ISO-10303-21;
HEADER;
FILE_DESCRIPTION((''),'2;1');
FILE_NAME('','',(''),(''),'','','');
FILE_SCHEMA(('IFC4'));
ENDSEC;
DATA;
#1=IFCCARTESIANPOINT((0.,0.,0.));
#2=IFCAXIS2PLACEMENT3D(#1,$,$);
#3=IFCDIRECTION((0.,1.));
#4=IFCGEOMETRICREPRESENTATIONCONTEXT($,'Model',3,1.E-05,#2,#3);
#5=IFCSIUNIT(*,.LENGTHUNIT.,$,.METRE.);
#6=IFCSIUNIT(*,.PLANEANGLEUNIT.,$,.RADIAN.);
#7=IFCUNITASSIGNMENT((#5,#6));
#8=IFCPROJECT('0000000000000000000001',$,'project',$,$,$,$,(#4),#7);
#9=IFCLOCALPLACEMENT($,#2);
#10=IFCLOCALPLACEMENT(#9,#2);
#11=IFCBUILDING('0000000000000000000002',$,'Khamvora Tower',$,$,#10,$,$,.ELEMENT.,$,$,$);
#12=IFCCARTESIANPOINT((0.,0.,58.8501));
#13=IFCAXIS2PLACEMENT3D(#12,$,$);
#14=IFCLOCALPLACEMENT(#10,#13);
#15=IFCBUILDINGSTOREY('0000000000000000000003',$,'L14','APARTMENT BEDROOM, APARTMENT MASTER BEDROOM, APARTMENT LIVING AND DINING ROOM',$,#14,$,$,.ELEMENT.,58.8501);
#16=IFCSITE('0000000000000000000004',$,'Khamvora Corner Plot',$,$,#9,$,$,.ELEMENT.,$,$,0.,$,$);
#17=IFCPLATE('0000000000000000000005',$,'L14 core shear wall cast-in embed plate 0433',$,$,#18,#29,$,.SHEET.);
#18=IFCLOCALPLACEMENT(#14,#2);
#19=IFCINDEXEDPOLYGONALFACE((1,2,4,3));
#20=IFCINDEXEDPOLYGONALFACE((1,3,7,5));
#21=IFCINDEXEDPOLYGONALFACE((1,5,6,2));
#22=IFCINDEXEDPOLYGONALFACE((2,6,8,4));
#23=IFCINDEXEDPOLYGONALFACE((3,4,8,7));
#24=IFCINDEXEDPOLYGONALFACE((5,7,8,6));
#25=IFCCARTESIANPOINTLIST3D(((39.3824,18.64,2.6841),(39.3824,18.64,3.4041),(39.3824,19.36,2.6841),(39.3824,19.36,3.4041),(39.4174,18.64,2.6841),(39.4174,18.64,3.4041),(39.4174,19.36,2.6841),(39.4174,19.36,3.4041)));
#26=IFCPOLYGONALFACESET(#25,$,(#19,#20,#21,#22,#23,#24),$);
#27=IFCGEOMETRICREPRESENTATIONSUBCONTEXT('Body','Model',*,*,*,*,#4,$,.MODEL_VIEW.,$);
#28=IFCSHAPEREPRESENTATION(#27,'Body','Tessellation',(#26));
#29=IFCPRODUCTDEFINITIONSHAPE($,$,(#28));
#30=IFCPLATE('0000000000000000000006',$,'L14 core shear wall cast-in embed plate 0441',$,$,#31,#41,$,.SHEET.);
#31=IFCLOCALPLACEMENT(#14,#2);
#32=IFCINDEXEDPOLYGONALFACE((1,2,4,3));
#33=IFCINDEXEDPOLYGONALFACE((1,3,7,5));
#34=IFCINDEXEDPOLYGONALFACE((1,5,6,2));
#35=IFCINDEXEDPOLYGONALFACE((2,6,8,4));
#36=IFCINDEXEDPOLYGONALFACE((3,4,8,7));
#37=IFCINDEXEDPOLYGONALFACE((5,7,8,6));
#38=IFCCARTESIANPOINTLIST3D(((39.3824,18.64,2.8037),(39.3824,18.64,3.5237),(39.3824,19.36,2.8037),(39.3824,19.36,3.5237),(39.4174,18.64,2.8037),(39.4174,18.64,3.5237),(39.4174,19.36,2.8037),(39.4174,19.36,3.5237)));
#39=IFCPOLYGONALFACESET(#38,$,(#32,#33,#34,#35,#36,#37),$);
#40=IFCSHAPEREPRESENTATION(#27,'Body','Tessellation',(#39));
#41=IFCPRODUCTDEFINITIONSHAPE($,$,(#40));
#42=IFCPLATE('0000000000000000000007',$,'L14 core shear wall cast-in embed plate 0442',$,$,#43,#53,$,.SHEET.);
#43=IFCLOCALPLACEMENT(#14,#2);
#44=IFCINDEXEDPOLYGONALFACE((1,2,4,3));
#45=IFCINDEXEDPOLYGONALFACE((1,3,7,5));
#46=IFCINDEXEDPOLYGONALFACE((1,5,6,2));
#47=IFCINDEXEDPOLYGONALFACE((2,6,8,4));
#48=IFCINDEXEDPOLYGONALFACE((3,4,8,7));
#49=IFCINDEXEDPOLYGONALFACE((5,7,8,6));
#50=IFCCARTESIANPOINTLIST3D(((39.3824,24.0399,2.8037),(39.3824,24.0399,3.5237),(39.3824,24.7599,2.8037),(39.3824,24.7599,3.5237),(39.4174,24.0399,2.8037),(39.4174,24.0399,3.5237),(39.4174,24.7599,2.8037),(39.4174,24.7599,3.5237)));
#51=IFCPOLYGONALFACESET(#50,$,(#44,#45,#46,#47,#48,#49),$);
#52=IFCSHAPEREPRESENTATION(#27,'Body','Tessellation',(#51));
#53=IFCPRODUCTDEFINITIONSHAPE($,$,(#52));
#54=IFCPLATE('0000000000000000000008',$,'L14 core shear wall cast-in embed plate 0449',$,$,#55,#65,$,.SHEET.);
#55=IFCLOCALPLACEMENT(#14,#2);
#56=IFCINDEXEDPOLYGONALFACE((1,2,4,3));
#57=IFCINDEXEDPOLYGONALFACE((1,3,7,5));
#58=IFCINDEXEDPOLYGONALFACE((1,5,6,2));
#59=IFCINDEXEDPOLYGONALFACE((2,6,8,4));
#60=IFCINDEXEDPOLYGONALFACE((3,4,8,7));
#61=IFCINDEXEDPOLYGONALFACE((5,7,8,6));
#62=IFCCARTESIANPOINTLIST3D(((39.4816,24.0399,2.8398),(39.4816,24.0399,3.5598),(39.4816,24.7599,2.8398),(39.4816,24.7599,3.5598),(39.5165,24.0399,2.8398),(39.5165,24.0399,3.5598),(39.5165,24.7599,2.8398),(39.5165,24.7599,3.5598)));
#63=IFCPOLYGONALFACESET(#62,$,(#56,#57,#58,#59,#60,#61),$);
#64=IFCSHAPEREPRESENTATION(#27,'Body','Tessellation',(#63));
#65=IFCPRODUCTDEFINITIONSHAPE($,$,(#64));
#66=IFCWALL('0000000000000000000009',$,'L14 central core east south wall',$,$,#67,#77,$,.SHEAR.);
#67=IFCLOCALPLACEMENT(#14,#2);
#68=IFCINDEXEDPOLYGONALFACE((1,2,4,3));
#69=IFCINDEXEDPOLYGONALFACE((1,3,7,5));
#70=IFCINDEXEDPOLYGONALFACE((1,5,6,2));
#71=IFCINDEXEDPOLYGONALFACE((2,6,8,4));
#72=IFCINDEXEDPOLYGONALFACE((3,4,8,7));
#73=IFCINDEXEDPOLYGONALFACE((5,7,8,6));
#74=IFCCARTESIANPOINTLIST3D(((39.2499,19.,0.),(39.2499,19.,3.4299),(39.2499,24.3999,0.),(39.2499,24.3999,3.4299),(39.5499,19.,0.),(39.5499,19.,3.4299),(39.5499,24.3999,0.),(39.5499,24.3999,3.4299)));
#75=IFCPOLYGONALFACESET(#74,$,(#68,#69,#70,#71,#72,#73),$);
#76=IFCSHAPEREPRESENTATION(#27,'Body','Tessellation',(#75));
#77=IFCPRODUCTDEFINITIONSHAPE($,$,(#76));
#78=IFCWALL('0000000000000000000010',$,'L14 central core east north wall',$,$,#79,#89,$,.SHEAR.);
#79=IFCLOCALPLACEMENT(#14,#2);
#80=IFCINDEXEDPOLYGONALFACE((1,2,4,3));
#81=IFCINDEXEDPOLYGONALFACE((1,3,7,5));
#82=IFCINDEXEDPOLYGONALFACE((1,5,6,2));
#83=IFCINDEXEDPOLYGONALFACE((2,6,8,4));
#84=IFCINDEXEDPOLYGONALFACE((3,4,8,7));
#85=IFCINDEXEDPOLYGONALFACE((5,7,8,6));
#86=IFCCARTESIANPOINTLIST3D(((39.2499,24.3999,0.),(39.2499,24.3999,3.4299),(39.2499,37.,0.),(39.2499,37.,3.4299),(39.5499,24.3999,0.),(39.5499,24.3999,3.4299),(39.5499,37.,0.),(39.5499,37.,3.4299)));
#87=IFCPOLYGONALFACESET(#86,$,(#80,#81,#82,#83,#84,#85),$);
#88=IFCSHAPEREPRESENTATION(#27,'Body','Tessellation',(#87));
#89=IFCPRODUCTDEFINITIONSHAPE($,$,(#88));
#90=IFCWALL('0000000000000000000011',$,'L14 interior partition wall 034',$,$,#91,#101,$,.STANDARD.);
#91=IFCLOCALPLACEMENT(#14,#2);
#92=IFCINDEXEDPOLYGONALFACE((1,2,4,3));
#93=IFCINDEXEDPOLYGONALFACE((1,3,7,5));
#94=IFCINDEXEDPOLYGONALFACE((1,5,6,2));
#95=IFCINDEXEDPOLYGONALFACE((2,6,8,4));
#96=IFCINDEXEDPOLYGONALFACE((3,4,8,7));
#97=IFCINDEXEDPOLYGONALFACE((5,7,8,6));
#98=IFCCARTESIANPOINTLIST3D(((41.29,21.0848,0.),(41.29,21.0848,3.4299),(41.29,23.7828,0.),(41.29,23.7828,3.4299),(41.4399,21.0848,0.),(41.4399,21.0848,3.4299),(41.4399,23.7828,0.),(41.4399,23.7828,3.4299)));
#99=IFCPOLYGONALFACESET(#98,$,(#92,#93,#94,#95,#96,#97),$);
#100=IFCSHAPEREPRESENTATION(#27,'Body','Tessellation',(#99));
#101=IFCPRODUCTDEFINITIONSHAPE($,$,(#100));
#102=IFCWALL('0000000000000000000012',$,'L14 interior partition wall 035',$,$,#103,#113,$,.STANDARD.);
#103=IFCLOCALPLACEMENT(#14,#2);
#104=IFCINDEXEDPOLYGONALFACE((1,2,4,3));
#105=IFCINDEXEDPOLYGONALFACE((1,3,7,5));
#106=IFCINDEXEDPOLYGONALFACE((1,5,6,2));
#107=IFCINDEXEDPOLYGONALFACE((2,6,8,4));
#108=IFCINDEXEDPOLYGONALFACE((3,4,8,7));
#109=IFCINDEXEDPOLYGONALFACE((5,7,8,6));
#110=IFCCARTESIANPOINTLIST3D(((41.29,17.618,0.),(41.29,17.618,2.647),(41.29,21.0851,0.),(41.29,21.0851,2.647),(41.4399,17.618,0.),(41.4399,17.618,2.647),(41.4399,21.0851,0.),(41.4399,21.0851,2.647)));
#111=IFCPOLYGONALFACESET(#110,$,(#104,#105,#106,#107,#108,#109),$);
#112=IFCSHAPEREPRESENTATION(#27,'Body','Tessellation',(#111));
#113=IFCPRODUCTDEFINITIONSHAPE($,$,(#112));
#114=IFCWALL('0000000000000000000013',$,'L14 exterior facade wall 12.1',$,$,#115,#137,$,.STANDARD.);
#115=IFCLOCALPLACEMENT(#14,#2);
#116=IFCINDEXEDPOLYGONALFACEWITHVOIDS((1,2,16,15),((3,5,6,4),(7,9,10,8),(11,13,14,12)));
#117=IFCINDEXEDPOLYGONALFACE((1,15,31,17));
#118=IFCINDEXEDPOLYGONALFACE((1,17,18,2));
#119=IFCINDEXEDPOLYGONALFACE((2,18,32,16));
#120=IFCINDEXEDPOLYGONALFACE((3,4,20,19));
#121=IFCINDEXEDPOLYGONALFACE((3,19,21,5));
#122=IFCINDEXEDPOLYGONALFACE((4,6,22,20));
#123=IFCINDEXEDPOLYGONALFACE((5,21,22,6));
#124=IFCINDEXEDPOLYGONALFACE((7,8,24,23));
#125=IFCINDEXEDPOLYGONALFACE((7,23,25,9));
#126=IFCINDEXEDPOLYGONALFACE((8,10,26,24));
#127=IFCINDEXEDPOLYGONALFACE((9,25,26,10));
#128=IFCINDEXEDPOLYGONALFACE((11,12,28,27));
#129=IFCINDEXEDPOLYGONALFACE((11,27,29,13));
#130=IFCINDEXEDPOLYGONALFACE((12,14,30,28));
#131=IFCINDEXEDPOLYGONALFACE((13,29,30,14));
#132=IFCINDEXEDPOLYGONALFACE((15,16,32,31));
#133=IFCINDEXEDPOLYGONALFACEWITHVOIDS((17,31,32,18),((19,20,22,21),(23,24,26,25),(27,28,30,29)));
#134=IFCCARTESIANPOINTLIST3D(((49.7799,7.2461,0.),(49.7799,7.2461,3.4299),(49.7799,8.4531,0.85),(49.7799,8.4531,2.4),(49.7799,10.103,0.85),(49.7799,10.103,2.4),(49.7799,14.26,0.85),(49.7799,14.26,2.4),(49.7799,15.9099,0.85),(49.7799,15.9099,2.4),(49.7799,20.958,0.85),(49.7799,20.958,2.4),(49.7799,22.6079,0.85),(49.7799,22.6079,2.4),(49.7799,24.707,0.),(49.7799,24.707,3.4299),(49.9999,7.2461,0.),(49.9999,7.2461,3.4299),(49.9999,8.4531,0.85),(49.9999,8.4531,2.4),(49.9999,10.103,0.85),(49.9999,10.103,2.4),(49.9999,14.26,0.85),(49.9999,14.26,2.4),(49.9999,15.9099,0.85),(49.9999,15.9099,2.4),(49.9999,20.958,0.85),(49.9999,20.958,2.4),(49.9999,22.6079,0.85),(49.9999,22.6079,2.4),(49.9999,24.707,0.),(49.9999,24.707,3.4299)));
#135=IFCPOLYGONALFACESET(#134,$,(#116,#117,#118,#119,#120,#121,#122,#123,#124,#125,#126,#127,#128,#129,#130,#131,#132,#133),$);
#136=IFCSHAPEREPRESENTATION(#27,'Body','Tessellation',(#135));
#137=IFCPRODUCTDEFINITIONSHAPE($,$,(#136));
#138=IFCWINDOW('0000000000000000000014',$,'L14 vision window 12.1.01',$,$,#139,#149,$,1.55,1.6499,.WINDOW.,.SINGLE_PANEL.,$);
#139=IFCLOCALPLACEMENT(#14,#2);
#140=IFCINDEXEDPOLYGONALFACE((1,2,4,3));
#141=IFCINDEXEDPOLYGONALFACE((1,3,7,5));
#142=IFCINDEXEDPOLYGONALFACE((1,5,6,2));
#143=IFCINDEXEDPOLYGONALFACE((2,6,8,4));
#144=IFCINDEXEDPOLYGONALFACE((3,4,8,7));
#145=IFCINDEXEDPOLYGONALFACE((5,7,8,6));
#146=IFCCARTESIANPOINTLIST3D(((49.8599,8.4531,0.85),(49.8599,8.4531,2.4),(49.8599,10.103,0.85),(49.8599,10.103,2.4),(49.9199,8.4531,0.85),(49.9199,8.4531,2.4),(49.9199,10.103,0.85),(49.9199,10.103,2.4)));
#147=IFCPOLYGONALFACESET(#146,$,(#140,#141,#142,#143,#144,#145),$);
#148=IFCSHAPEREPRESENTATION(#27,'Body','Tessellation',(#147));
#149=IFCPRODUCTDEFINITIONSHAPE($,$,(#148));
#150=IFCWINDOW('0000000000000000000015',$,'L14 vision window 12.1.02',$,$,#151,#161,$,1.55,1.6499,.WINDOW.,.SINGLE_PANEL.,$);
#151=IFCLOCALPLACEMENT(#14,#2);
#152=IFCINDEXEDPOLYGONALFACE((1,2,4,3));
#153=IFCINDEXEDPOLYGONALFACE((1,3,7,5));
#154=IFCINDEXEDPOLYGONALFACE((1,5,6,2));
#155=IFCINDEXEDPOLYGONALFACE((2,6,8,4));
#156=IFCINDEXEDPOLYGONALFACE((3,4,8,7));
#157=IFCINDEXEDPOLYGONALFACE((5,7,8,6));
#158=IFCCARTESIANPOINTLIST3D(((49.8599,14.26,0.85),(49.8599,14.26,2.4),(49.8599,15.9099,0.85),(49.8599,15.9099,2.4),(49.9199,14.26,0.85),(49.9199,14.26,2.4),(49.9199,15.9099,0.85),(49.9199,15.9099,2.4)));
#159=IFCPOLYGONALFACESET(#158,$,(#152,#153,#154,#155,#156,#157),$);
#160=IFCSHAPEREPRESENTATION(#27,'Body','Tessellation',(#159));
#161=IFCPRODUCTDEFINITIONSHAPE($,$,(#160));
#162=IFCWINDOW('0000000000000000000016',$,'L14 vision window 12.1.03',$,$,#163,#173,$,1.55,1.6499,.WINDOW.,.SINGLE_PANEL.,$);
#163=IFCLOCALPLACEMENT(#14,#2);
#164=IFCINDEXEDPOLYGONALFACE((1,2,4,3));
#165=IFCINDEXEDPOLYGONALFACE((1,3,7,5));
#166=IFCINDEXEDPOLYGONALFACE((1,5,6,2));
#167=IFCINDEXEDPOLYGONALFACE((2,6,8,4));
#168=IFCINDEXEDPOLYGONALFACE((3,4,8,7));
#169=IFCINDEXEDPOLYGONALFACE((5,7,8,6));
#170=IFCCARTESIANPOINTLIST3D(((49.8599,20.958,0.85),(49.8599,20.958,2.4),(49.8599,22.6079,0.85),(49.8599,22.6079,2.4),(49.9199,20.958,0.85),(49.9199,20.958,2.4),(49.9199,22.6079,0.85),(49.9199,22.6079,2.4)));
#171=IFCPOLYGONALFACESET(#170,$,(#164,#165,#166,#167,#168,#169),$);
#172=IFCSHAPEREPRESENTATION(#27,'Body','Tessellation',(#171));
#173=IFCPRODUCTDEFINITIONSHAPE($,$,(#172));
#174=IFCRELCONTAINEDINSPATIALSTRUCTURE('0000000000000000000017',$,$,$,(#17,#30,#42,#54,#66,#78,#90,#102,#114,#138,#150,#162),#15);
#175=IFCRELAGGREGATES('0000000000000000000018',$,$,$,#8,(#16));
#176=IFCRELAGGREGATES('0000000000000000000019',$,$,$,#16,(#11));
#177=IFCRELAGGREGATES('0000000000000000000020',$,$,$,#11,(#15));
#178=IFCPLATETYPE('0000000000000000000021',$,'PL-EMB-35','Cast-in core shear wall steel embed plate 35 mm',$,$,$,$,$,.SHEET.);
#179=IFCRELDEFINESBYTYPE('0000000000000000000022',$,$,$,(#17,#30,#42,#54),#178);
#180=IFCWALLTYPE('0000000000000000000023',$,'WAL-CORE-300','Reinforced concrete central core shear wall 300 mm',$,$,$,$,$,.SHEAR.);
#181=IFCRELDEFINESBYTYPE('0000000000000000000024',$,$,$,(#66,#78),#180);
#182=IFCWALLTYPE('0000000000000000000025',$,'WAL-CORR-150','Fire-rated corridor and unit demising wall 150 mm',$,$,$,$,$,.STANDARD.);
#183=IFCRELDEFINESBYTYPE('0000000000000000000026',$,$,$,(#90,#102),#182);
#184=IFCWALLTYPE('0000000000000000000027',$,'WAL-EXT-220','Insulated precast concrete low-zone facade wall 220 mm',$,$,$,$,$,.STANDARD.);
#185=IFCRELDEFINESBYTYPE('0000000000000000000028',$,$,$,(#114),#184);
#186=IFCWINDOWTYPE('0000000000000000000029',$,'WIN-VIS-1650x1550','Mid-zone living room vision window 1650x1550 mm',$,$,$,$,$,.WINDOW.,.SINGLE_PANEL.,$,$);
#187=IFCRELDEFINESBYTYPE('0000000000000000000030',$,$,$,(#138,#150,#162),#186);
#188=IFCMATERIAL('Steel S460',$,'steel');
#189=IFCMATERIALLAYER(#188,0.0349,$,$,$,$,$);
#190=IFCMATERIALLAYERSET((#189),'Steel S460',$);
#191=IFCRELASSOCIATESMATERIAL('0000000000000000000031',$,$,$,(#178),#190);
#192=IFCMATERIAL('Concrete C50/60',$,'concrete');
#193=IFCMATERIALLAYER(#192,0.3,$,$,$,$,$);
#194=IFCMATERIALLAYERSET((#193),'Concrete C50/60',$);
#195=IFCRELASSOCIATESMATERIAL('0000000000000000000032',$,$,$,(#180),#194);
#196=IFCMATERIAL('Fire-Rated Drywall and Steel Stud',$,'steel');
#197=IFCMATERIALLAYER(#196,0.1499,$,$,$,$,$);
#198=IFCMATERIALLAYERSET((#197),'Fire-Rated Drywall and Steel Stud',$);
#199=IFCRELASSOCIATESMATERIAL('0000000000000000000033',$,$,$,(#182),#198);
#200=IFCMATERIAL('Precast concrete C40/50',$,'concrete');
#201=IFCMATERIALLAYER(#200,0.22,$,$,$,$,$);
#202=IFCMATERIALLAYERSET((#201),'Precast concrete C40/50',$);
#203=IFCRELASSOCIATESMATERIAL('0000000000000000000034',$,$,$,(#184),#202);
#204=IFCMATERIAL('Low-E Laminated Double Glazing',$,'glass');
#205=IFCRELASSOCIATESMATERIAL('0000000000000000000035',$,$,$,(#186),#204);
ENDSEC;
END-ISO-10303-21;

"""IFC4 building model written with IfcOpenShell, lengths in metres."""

from ifc_helpers import new_model, si_unit, direction, frame, frame_2d, origin, origin_2d, place, context, subcontext, project, spatial, rectangle, extrude, material, layer, layer_set, type_object, element, fill, save


model = new_model("IFC4")

# Units and contexts
model_context = context("Model", 3, precision=1e-05, world=origin(), true_north=direction((0.0, 1.0)))
body_context = subcontext(model_context, "Body", "Model", "MODEL_VIEW")
ifc_project = project(units=[si_unit("LENGTHUNIT", "METRE"), si_unit("PLANEANGLEUNIT", "RADIAN")], contexts=[model_context])

# Site, building, storey
site_placement = place(None, origin())
site = spatial("IfcSite", under=ifc_project, at=site_placement, Name="Khamvora Corner Plot", CompositionType="ELEMENT", RefElevation=0.0)
building_placement = place(site_placement, origin())
building = spatial("IfcBuilding", under=site, at=building_placement, Name="Khamvora Tower", CompositionType="ELEMENT")
storey_placement = place(building_placement, frame((0.0, 0.0, 58.8501)))
storey = spatial("IfcBuildingStorey", under=building, at=storey_placement, Name="L14", Description="APARTMENT BEDROOM, APARTMENT MASTER BEDROOM, APARTMENT LIVING AND DINING ROOM", CompositionType="ELEMENT", Elevation=58.8501)

# Shared definitions
ifc_material_1 = material(Name="Steel S460", Category="steel")

# Plates
ifc_layer_1 = layer(ifc_material_1, 0.0349)
ifc_layer_set_1 = layer_set([ifc_layer_1], Name="Steel S460")
plate_type = type_object("IfcPlateType", Name="PL-EMB-35", Description="Cast-in core shear wall steel embed plate 35 mm", PredefinedType="SHEET", material=ifc_layer_set_1)
for number, where, z_axis, x_axis, name in (
    (1, (39.3999, 19.0, 2.6841), (0.0, 0.0, 1.0), (1.0, 0.0, 0.0), "L14 core shear wall cast-in embed plate 0433"),
    (2, (39.3999, 19.0, 2.8037), (0.0, 0.0, 1.0), (1.0, 0.0, 0.0), "L14 core shear wall cast-in embed plate 0441"),
    (3, (39.3999, 24.3999, 2.8037), (0.0, 0.0, 1.0), (1.0, 0.0, 0.0), "L14 core shear wall cast-in embed plate 0442"),
    (4, (39.499, 24.3999, 2.8398), (0.0, 0.0, 1.0), (1.0, 0.0, 0.0), "L14 core shear wall cast-in embed plate 0449"),
):
    element("IfcPlate", number, at=place(storey_placement, frame(where, z_axis=z_axis, x_axis=x_axis)), inside=storey, type_object=plate_type, Name=name, PredefinedType="SHEET", context=body_context, shape_type="SweptSolid", body=[
        extrude(rectangle(XDim=0.0349, YDim=0.72, at=origin_2d()), origin(), (0.0, 0.0, 1.0), 0.72),
    ])

# Walls
ifc_material_2 = material(Name="Concrete C50/60", Category="concrete")
ifc_layer_2 = layer(ifc_material_2, 0.3)
ifc_layer_set_2 = layer_set([ifc_layer_2], Name="Concrete C50/60")
wall_type_1 = type_object("IfcWallType", Name="WAL-CORE-300", Description="Reinforced concrete central core shear wall 300 mm", PredefinedType="SHEAR", material=ifc_layer_set_2)
wall_1_placement = place(storey_placement, frame((39.3999, 19.0, 0.0), z_axis=(0.0, 0.0, 1.0), x_axis=(0.0, 1.0, 0.0)))
element("IfcWall", 5, at=wall_1_placement, inside=storey, type_object=wall_type_1, Name="L14 central core east south wall", PredefinedType="SHEAR", context=body_context, shape_type="SweptSolid", body=[
    extrude(rectangle(XDim=5.3999, YDim=0.3, at=frame_2d((2.7, 0.0))), origin(), (0.0, 0.0, 1.0), 3.4299),
])
wall_2_placement = place(storey_placement, frame((39.3999, 24.3999, 0.0), z_axis=(0.0, 0.0, 1.0), x_axis=(0.0, 1.0, 0.0)))
element("IfcWall", 6, at=wall_2_placement, inside=storey, type_object=wall_type_1, Name="L14 central core east north wall", PredefinedType="SHEAR", context=body_context, shape_type="SweptSolid", body=[
    extrude(rectangle(XDim=12.6001, YDim=0.3, at=frame_2d((6.3, 0.0))), origin(), (0.0, 0.0, 1.0), 3.4299),
])
ifc_material_3 = material(Name="Fire-Rated Drywall and Steel Stud", Category="steel")
ifc_layer_3 = layer(ifc_material_3, 0.1499)
ifc_layer_set_3 = layer_set([ifc_layer_3], Name="Fire-Rated Drywall and Steel Stud")
wall_type_2 = type_object("IfcWallType", Name="WAL-CORR-150", Description="Fire-rated corridor and unit demising wall 150 mm", PredefinedType="STANDARD", material=ifc_layer_set_3)
wall_3_placement = place(storey_placement, frame((41.365, 23.783, 0.0), z_axis=(0.0, 0.0, 1.0), x_axis=(0.0, -1.0, 0.0)))
element("IfcWall", 7, at=wall_3_placement, inside=storey, type_object=wall_type_2, Name="L14 interior partition wall 034", PredefinedType="STANDARD", context=body_context, shape_type="SweptSolid", body=[
    extrude(rectangle(XDim=2.698, YDim=0.1499, at=frame_2d((1.3491, 0.0))), origin(), (0.0, 0.0, 1.0), 3.4299),
])
wall_4_placement = place(storey_placement, frame((41.365, 21.085, 0.0), z_axis=(0.0, 0.0, 1.0), x_axis=(0.0, -1.0, 0.0)))
element("IfcWall", 8, at=wall_4_placement, inside=storey, type_object=wall_type_2, Name="L14 interior partition wall 035", PredefinedType="STANDARD", context=body_context, shape_type="SweptSolid", body=[
    extrude(rectangle(XDim=3.467, YDim=0.1499, at=frame_2d((1.7334, 0.0))), origin(), (0.0, 0.0, 1.0), 2.647),
])

# Wall, openings, windows
ifc_material_4 = material(Name="Precast concrete C40/50", Category="concrete")
ifc_layer_4 = layer(ifc_material_4, 0.22)
ifc_layer_set_4 = layer_set([ifc_layer_4], Name="Precast concrete C40/50")
wall_type_3 = type_object("IfcWallType", Name="WAL-EXT-220", Description="Insulated precast concrete low-zone facade wall 220 mm", PredefinedType="STANDARD", material=ifc_layer_set_4)
wall_5_placement = place(storey_placement, frame((49.8899, 24.707, 0.0), z_axis=(0.0, 0.0, 1.0), x_axis=(0.0, -1.0, 0.0)))
wall_5 = element("IfcWall", 9, at=wall_5_placement, inside=storey, type_object=wall_type_3, Name="L14 exterior facade wall 12.1", PredefinedType="STANDARD", context=body_context, shape_type="SweptSolid", body=[
    extrude(rectangle(XDim=17.4609, YDim=0.22, at=frame_2d((8.7305, 0.0))), origin(), (0.0, 0.0, 1.0), 3.4299),
])
opening_1_placement = place(wall_5_placement, frame((14.604, 0.0, 0.8501)))
opening_1 = element("IfcOpeningElement", 10, at=opening_1_placement, cuts=wall_5, PredefinedType="OPENING", context=body_context, shape_type="SweptSolid", body=[
    extrude(rectangle(XDim=1.6499, YDim=1.55, at=frame_2d((0.825, 0.7749))), frame((0.0, 0.1199, 0.0), z_axis=(0.0, -1.0, 0.0), x_axis=(1.0, 0.0, 0.0)), (0.0, 0.0, 1.0), 0.24),
])
opening_2_placement = place(wall_5_placement, frame((8.7971, 0.0, 0.8501)))
opening_2 = element("IfcOpeningElement", 11, at=opening_2_placement, cuts=wall_5, PredefinedType="OPENING", context=body_context, shape_type="SweptSolid", body=[
    extrude(rectangle(XDim=1.6499, YDim=1.55, at=frame_2d((0.825, 0.7749))), frame((0.0, 0.1199, 0.0), z_axis=(0.0, -1.0, 0.0), x_axis=(1.0, 0.0, 0.0)), (0.0, 0.0, 1.0), 0.24),
])
opening_3_placement = place(wall_5_placement, frame((2.0991, 0.0, 0.8501)))
opening_3 = element("IfcOpeningElement", 12, at=opening_3_placement, cuts=wall_5, PredefinedType="OPENING", context=body_context, shape_type="SweptSolid", body=[
    extrude(rectangle(XDim=1.6499, YDim=1.55, at=frame_2d((0.825, 0.7749))), frame((0.0, 0.1199, 0.0), z_axis=(0.0, -1.0, 0.0), x_axis=(1.0, 0.0, 0.0)), (0.0, 0.0, 1.0), 0.24),
])
ifc_material_5 = material(Name="Low-E Laminated Double Glazing", Category="glass")
window_type = type_object("IfcWindowType", Name="WIN-VIS-1650x1550", Description="Mid-zone living room vision window 1650x1550 mm", PartitioningType="SINGLE_PANEL", PredefinedType="WINDOW", material=ifc_material_5)
window_1_placement = place(opening_1_placement, origin())
window_1 = element("IfcWindow", 13, at=window_1_placement, inside=storey, type_object=window_type, Name="L14 vision window 12.1.01", OverallHeight=1.55, OverallWidth=1.6499, PartitioningType="SINGLE_PANEL", PredefinedType="WINDOW", context=body_context, shape_type="SweptSolid", body=[
    extrude(rectangle(XDim=1.6499, YDim=1.55, at=frame_2d((0.825, 0.7749))), frame((0.0, 0.03, 0.0), z_axis=(0.0, -1.0, 0.0), x_axis=(1.0, 0.0, 0.0)), (0.0, 0.0, 1.0), 0.0601),
])
fill(opening_1, window_1)
window_2_placement = place(opening_2_placement, origin())
window_2 = element("IfcWindow", 14, at=window_2_placement, inside=storey, type_object=window_type, Name="L14 vision window 12.1.02", OverallHeight=1.55, OverallWidth=1.6499, PartitioningType="SINGLE_PANEL", PredefinedType="WINDOW", context=body_context, shape_type="SweptSolid", body=[
    extrude(rectangle(XDim=1.6499, YDim=1.55, at=frame_2d((0.825, 0.7749))), frame((0.0, 0.03, 0.0), z_axis=(0.0, -1.0, 0.0), x_axis=(1.0, 0.0, 0.0)), (0.0, 0.0, 1.0), 0.0601),
])
fill(opening_2, window_2)
window_3_placement = place(opening_3_placement, origin())
window_3 = element("IfcWindow", 15, at=window_3_placement, inside=storey, type_object=window_type, Name="L14 vision window 12.1.03", OverallHeight=1.55, OverallWidth=1.6499, PartitioningType="SINGLE_PANEL", PredefinedType="WINDOW", context=body_context, shape_type="SweptSolid", body=[
    extrude(rectangle(XDim=1.6499, YDim=1.55, at=frame_2d((0.825, 0.7749))), frame((0.0, 0.03, 0.0), z_axis=(0.0, -1.0, 0.0), x_axis=(1.0, 0.0, 0.0)), (0.0, 0.0, 1.0), 0.0601),
])
fill(opening_3, window_3)

save(model, "model.ifc")
